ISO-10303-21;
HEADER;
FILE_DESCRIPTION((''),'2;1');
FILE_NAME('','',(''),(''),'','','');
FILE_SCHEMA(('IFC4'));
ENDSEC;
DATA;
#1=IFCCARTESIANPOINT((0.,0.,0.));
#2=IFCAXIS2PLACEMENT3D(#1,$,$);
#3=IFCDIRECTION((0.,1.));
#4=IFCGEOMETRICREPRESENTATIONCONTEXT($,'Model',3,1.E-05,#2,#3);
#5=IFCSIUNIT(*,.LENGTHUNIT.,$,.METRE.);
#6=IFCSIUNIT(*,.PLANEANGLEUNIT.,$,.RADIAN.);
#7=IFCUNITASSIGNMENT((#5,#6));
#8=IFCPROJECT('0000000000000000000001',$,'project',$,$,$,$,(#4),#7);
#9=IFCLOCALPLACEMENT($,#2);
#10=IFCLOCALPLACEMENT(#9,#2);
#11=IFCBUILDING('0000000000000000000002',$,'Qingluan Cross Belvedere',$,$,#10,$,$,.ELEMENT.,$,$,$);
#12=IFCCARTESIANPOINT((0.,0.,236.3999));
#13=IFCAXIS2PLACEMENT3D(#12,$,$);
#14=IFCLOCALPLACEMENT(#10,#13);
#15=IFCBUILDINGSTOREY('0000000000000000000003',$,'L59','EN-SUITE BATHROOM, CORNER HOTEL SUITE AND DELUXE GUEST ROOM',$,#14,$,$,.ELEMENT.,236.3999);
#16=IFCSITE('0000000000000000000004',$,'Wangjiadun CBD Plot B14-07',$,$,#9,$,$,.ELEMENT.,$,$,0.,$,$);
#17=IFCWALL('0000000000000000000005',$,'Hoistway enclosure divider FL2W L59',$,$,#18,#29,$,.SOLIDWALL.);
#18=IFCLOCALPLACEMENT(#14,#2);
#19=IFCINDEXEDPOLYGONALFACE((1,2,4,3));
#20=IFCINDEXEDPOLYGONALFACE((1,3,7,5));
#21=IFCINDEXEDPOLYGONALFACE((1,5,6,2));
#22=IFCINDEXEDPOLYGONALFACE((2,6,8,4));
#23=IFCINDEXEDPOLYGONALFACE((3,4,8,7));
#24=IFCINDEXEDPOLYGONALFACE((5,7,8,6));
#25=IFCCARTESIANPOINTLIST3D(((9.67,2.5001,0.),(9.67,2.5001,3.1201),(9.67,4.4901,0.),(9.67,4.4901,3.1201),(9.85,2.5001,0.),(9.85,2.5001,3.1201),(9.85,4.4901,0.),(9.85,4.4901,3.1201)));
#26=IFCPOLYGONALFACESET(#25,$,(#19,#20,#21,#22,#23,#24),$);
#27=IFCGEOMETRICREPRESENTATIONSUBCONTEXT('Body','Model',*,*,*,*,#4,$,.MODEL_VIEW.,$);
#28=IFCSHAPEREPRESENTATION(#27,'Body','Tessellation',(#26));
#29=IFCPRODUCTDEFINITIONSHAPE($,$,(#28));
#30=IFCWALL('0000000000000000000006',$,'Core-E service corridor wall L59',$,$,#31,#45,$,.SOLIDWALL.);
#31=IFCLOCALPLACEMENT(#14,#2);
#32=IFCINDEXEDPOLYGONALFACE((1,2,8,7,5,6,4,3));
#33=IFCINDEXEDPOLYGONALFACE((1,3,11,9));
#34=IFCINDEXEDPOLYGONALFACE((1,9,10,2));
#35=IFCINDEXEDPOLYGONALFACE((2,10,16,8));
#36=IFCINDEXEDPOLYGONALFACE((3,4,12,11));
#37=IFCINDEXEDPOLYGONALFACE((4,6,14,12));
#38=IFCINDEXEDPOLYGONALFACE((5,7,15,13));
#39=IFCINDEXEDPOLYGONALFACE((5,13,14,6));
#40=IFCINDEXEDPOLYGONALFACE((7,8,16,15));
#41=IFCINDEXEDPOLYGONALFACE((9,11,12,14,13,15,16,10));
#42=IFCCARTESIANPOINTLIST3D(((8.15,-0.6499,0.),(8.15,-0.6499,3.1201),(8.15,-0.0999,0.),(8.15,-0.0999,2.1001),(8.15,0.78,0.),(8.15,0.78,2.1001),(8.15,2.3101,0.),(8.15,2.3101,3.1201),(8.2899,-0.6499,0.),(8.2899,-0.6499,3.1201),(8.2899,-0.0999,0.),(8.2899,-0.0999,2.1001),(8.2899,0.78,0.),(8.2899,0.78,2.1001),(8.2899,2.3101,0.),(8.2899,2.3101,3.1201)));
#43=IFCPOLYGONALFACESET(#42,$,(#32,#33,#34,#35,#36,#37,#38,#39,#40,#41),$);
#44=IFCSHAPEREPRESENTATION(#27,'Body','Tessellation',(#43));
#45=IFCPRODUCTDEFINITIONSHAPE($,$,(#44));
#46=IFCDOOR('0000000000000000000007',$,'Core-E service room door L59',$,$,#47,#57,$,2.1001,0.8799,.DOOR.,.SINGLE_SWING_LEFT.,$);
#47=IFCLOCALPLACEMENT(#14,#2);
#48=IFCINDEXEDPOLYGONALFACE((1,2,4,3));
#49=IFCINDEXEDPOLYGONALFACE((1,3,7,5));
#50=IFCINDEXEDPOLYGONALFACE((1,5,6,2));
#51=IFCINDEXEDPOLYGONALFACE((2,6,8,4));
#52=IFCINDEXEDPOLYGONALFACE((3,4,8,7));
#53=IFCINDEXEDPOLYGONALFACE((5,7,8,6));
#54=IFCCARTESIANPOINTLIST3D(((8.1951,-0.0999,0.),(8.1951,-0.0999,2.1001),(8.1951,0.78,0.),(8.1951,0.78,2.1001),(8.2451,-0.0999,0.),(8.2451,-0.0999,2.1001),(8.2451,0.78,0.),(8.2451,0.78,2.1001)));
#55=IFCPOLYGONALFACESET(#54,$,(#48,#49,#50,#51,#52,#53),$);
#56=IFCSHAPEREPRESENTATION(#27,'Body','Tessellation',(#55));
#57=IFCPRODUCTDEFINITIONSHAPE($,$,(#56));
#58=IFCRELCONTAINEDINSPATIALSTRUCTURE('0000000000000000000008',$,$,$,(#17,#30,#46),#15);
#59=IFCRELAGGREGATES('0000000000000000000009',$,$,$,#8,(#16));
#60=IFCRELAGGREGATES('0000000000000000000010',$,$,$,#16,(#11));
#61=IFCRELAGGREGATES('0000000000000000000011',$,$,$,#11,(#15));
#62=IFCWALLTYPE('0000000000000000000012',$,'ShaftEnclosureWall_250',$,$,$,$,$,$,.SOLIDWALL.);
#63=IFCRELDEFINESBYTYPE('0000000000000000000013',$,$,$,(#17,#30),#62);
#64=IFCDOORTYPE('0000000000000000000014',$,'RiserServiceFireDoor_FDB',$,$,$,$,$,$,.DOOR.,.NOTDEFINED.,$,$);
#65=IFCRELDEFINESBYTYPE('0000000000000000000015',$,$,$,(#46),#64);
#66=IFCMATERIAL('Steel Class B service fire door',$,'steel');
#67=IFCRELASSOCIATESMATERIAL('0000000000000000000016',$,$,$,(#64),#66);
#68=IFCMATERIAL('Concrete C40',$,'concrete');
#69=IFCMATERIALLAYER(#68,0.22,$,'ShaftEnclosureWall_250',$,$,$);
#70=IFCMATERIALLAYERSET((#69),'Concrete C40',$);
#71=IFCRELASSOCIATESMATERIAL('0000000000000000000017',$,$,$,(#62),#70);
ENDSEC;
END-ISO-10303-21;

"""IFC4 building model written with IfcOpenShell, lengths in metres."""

from ifc_helpers import new_model, si_unit, direction, frame, frame_2d, origin, place, context, subcontext, project, spatial, rectangle, extrude, material, layer, layer_set, type_object, element, fill, save


model = new_model("IFC4")

# Units and contexts
model_context = context("Model", 3, precision=1e-05, world=origin(), true_north=direction((0.0, 1.0)))
body_context = subcontext(model_context, "Body", "Model", "MODEL_VIEW")
ifc_project = project(units=[si_unit("LENGTHUNIT", "METRE"), si_unit("PLANEANGLEUNIT", "RADIAN")], contexts=[model_context])

# Site, building, storey
site_placement = place(None, origin())
site = spatial("IfcSite", under=ifc_project, at=site_placement, Name="Wangjiadun CBD Plot B14-07", CompositionType="ELEMENT", RefElevation=0.0)
building_placement = place(site_placement, origin())
building = spatial("IfcBuilding", under=site, at=building_placement, Name="Qingluan Cross Belvedere", CompositionType="ELEMENT")
storey_placement = place(building_placement, frame((0.0, 0.0, 236.3999)))
storey = spatial("IfcBuildingStorey", under=building, at=storey_placement, Name="L59", Description="EN-SUITE BATHROOM, CORNER HOTEL SUITE AND DELUXE GUEST ROOM", CompositionType="ELEMENT", Elevation=236.3999)

# Shared definitions
ifc_material_1 = material(Name="Steel Class B service fire door", Category="steel")
door_type_1 = type_object("IfcDoorType", Name="RiserServiceFireDoor_FDB", OperationType="NOTDEFINED", PredefinedType="DOOR", material=ifc_material_1)

# Shared definitions
ifc_material_2 = material(Name="Concrete C40", Category="concrete")
ifc_layer_1 = layer(ifc_material_2, 0.22, Name="ShaftEnclosureWall_250")
ifc_layer_set_1 = layer_set([ifc_layer_1], Name="Concrete C40")
wall_type_1 = type_object("IfcWallType", Name="ShaftEnclosureWall_250", PredefinedType="SOLIDWALL", material=ifc_layer_set_1)

# Wall
wall_1_placement = place(storey_placement, frame((9.76, 2.5, 0.0), z_axis=(0.0, 0.0, 1.0), x_axis=(0.0, 1.0, 0.0)))
element("IfcWall", 1, at=wall_1_placement, inside=storey, type_object=wall_type_1, Name="Hoistway enclosure divider FL2W L59", PredefinedType="SOLIDWALL", context=body_context, shape_type="SweptSolid", body=[
    extrude(rectangle(XDim=1.99, YDim=0.1799, at=frame_2d((0.9951, 0.0))), origin(), (0.0, 0.0, 1.0), 3.1201),
])

# Wall, opening, door
wall_2_placement = place(storey_placement, frame((8.22, -0.6499, 0.0), z_axis=(0.0, 0.0, 1.0), x_axis=(0.0, 1.0, 0.0)))
wall_2 = element("IfcWall", 2, at=wall_2_placement, inside=storey, type_object=wall_type_1, Name="Core-E service corridor wall L59", PredefinedType="SOLIDWALL", context=body_context, shape_type="SweptSolid", body=[
    extrude(rectangle(XDim=2.96, YDim=0.1399, at=frame_2d((1.48, 0.0))), origin(), (0.0, 0.0, 1.0), 3.1201),
])
opening_1_placement = place(wall_2_placement, frame((0.55, 0.0, 0.0)))
opening_1 = element("IfcOpeningElement", 3, at=opening_1_placement, cuts=wall_2, PredefinedType="OPENING", context=body_context, shape_type="SweptSolid", body=[
    extrude(rectangle(XDim=0.8799, YDim=2.1001, at=frame_2d((0.4399, 1.05))), frame((0.0, 0.0798, 0.0), z_axis=(0.0, -1.0, 0.0), x_axis=(1.0, 0.0, 0.0)), (0.0, 0.0, 1.0), 0.1599),
])
door_1_placement = place(opening_1_placement, origin())
door_1 = element("IfcDoor", 4, at=door_1_placement, inside=storey, type_object=door_type_1, Name="Core-E service room door L59", OperationType="SINGLE_SWING_LEFT", OverallHeight=2.1001, OverallWidth=0.8799, PredefinedType="DOOR", context=body_context, shape_type="SweptSolid", body=[
    extrude(rectangle(XDim=0.8799, YDim=2.1001, at=frame_2d((0.4399, 1.05))), frame((0.0, 0.0249, 0.0), z_axis=(0.0, -1.0, 0.0), x_axis=(1.0, 0.0, 0.0)), (0.0, 0.0, 1.0), 0.05),
])
fill(opening_1, door_1)

save(model, "model.ifc")
